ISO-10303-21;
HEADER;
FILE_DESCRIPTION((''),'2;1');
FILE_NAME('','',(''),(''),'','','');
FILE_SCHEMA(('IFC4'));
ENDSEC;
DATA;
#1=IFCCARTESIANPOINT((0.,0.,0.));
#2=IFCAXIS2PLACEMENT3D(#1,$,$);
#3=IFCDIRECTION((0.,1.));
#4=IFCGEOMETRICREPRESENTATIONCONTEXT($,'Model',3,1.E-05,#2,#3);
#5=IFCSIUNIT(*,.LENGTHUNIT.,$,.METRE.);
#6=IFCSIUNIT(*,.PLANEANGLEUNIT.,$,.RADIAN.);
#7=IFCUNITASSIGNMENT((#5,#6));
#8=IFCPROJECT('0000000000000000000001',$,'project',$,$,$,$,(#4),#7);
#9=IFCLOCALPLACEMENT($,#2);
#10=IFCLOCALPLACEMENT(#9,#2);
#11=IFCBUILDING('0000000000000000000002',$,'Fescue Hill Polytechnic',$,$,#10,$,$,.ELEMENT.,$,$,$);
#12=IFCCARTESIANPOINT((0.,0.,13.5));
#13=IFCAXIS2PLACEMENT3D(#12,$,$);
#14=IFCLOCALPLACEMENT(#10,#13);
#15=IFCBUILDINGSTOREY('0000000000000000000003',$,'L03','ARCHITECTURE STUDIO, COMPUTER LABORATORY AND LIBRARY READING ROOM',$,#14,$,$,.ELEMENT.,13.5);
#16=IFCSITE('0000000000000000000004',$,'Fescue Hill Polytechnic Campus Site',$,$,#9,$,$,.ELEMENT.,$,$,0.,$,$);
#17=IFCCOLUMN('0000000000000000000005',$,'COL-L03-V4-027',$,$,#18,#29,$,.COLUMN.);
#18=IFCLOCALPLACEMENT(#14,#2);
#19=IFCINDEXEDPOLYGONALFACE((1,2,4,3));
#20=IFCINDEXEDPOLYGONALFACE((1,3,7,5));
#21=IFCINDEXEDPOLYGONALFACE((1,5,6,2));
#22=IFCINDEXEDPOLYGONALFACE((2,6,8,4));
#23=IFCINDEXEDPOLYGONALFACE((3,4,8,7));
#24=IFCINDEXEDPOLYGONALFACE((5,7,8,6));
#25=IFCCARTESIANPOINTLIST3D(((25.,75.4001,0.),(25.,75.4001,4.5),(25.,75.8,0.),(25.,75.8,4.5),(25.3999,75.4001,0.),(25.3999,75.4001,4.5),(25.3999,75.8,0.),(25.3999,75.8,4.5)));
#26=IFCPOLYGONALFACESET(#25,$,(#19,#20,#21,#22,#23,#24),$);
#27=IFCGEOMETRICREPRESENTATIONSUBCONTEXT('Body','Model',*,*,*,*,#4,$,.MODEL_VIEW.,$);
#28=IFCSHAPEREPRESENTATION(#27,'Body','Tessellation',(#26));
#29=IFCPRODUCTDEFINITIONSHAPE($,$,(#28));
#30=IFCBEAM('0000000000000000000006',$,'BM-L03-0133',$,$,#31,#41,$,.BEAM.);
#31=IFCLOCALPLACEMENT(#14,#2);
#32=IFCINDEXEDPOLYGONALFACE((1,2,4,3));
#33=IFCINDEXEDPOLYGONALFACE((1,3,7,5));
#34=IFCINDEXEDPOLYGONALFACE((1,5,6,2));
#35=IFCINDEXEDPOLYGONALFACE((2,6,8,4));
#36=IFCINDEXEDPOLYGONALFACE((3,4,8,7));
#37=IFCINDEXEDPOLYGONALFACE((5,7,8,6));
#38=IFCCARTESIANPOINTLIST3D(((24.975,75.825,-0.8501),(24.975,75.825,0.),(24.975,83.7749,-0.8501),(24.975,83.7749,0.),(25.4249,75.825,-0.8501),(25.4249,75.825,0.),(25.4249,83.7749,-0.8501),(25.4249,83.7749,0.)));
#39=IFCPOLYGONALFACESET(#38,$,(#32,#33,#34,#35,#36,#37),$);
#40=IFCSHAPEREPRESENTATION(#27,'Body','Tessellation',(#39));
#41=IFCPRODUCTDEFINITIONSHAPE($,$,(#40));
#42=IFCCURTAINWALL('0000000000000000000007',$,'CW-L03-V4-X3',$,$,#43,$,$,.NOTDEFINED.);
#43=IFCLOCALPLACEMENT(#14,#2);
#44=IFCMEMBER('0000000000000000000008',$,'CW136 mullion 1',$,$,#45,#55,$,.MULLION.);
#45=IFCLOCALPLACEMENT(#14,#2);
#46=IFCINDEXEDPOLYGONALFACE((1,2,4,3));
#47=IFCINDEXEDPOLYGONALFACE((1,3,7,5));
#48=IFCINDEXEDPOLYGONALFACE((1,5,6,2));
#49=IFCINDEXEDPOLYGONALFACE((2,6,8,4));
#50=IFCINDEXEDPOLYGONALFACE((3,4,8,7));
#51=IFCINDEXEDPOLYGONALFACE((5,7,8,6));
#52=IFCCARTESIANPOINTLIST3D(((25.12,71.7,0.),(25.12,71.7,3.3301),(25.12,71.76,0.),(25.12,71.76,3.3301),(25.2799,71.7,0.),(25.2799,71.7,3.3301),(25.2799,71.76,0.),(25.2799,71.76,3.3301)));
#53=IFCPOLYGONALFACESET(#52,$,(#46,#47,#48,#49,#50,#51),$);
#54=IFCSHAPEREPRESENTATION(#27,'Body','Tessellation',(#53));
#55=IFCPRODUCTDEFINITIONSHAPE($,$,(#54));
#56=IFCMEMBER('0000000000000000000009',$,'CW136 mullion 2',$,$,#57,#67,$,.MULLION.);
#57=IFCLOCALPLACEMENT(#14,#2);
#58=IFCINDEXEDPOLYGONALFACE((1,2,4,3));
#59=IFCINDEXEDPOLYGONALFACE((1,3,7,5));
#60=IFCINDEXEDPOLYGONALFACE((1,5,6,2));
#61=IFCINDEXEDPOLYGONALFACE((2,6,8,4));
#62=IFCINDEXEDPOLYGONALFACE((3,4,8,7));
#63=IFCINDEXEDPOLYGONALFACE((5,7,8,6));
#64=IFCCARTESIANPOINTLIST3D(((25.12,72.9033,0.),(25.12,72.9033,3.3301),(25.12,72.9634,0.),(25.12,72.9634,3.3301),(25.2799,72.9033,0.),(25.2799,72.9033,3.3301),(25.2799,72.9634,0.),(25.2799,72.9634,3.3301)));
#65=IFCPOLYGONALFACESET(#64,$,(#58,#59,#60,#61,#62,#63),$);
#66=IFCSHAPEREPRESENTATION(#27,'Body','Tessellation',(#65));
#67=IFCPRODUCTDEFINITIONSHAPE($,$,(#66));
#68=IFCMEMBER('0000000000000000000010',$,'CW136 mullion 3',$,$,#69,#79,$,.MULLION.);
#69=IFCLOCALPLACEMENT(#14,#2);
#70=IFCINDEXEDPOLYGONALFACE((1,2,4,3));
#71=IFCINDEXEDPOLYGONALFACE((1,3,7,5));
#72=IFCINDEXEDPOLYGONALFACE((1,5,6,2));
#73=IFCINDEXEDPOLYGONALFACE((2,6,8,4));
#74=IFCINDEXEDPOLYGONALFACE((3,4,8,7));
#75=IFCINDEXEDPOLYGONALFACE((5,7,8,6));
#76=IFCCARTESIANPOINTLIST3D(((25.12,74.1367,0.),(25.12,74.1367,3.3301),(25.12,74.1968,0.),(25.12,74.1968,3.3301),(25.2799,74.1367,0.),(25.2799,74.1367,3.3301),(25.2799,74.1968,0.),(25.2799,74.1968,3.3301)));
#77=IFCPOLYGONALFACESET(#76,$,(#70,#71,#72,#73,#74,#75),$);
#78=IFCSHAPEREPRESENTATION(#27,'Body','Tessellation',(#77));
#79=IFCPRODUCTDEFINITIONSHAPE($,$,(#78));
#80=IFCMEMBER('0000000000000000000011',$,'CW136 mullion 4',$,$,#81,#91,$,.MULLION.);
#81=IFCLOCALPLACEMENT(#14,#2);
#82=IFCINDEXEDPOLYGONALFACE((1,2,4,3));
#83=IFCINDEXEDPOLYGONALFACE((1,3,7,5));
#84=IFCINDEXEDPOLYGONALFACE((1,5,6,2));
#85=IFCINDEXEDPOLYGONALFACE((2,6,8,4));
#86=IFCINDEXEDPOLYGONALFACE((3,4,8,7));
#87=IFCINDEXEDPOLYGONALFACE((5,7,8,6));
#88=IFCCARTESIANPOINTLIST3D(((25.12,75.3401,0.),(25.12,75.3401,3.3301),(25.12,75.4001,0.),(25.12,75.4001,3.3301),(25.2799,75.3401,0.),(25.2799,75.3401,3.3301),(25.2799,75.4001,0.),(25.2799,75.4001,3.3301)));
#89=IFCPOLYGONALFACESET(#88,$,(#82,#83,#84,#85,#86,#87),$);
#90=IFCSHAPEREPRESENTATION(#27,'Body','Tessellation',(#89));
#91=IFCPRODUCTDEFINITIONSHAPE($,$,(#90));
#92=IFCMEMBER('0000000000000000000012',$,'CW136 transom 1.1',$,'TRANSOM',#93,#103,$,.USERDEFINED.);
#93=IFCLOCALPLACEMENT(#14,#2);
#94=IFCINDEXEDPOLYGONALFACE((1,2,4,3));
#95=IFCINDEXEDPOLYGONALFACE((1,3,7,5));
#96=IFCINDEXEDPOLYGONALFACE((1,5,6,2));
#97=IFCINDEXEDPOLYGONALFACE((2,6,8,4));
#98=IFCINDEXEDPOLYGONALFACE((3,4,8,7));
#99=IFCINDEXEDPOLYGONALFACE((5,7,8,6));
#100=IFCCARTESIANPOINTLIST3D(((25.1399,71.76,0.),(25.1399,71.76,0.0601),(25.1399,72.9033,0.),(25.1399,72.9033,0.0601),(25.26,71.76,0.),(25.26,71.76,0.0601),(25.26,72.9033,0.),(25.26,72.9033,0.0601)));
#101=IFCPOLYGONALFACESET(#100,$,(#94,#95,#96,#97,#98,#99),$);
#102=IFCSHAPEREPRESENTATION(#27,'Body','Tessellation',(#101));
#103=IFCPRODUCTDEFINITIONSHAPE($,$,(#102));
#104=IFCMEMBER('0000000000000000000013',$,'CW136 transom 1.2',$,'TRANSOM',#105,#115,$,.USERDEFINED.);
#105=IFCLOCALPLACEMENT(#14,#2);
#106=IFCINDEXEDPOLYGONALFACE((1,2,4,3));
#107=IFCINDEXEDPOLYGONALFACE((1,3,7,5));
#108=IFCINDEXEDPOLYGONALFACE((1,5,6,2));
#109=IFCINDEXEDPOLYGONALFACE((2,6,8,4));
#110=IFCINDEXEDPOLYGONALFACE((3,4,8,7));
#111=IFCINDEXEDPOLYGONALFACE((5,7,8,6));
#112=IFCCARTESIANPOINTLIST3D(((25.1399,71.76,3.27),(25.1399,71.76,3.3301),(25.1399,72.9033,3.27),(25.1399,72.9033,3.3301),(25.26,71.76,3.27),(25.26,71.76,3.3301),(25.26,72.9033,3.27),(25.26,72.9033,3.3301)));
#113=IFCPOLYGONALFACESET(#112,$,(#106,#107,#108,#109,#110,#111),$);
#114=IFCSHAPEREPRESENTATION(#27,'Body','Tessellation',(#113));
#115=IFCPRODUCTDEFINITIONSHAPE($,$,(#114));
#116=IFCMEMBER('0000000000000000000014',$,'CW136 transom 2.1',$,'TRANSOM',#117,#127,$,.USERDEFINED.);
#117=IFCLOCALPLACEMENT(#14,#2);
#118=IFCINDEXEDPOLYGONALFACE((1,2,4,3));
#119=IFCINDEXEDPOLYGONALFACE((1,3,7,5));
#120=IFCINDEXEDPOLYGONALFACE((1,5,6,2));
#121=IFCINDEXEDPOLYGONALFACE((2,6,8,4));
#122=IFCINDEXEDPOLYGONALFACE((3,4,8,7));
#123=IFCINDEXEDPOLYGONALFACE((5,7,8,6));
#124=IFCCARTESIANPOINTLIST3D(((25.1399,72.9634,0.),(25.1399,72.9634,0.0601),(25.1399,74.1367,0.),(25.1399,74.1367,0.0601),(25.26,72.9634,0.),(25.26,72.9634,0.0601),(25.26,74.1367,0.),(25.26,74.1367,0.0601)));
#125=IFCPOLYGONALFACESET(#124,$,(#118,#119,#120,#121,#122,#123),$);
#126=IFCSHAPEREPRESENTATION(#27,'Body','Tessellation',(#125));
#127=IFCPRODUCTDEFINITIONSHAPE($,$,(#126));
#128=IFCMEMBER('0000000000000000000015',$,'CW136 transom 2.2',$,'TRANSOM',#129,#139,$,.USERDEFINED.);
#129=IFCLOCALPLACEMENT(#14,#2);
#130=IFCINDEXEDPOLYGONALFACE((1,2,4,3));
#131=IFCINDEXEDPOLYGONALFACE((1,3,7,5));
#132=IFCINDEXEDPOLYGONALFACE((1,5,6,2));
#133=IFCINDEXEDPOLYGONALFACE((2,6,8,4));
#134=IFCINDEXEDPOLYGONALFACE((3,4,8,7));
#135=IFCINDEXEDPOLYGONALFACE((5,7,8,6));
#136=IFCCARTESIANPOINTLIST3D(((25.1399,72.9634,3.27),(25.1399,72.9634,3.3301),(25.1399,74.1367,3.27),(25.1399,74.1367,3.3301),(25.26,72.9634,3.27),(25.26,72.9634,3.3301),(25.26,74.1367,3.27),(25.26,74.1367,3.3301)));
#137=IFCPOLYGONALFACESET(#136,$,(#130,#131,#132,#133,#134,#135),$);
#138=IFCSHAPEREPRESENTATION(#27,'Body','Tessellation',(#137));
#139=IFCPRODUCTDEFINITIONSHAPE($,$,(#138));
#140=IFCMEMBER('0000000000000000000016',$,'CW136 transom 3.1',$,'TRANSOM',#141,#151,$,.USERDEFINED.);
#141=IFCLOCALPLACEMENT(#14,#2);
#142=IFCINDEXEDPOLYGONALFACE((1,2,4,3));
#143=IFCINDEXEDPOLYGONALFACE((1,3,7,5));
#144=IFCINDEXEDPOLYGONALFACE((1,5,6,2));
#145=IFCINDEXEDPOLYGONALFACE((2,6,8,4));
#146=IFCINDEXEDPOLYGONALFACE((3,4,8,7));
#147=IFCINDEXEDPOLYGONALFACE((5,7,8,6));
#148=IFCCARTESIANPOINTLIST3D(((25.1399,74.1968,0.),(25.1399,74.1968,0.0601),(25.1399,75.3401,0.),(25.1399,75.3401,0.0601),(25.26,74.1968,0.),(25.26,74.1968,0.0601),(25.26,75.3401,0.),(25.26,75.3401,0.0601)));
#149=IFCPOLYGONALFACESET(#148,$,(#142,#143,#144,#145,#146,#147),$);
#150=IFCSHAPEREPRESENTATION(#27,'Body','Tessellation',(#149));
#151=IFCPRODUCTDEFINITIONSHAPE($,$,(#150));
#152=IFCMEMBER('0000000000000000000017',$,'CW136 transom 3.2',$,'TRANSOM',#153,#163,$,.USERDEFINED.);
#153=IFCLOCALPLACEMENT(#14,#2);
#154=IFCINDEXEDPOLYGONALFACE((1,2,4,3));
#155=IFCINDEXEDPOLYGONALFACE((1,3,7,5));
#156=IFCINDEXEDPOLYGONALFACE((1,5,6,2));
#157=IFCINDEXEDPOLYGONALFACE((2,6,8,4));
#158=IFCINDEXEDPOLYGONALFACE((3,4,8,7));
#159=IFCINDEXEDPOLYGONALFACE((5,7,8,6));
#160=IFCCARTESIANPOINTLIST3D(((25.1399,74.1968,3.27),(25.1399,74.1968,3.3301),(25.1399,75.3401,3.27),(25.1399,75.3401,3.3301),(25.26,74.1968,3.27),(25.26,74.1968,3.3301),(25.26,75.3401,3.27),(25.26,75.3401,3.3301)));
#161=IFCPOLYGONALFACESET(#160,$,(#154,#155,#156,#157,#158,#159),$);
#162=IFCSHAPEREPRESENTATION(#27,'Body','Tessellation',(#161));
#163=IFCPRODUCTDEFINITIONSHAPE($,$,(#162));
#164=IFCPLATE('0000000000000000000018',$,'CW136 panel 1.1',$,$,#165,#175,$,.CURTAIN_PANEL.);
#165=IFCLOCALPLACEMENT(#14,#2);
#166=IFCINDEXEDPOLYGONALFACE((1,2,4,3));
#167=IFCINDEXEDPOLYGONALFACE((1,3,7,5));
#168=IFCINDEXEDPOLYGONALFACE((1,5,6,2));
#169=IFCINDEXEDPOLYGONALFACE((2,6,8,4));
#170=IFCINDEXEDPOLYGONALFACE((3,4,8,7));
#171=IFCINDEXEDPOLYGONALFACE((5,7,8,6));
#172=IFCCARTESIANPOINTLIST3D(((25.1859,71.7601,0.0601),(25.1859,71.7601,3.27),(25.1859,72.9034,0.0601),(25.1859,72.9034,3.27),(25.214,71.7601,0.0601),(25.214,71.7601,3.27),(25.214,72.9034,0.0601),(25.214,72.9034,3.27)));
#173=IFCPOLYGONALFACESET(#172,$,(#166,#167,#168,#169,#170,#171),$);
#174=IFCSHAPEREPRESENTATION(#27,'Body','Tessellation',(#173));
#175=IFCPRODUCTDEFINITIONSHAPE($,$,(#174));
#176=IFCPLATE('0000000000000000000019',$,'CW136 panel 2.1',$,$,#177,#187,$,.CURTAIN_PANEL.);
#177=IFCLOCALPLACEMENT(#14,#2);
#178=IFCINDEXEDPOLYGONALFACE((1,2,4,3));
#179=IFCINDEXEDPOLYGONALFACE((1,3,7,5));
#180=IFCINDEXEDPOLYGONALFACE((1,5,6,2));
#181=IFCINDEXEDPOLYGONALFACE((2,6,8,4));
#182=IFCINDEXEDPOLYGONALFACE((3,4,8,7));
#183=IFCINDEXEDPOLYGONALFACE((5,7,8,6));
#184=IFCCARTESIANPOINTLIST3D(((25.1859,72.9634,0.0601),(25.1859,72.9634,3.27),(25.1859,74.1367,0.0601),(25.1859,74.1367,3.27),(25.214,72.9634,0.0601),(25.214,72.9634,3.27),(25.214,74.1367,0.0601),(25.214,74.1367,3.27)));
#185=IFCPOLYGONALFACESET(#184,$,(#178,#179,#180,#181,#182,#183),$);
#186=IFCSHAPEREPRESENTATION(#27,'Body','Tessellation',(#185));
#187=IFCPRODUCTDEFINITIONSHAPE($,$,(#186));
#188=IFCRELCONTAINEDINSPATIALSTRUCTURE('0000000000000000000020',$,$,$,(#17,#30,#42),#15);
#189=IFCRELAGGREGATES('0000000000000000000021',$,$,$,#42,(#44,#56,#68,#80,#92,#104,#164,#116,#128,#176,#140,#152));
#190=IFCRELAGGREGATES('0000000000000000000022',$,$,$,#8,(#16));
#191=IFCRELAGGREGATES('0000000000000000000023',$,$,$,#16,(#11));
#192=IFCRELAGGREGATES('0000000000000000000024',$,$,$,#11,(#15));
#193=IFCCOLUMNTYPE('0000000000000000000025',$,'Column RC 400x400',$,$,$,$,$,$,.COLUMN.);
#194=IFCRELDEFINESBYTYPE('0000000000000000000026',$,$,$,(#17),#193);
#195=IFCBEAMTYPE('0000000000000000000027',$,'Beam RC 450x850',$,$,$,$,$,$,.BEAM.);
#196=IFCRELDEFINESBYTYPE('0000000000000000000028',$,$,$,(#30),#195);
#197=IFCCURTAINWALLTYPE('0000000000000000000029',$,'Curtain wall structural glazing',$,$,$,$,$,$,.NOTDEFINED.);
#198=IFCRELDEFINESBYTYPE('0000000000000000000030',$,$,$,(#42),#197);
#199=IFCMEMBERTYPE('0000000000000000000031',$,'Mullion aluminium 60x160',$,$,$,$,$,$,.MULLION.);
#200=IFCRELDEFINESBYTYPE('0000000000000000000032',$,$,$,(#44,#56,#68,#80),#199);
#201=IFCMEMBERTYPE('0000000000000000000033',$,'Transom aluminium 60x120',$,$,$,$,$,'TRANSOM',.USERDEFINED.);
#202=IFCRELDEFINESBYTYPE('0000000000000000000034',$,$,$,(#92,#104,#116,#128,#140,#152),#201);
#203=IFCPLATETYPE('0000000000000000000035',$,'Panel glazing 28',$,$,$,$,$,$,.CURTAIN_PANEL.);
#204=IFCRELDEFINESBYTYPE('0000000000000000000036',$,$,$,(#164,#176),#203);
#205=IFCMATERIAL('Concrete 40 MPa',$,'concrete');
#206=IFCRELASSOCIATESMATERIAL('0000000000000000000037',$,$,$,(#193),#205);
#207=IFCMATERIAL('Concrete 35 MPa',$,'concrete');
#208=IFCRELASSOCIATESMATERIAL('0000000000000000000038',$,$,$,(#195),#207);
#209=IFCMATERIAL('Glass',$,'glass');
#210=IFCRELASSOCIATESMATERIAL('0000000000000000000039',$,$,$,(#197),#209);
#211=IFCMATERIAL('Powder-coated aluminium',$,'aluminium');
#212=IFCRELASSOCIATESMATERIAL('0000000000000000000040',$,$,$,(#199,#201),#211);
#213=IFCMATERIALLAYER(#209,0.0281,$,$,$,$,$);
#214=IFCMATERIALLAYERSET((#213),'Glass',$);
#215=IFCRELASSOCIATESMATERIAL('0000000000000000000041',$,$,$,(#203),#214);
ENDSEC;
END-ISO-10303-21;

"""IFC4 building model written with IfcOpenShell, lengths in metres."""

from ifc_helpers import new_model, si_unit, direction, frame, origin, origin_2d, place, context, subcontext, project, spatial, rectangle, extrude, material, layer, layer_set, material_profile, profile_set, type_object, element, aggregate, save


model = new_model("IFC4")

# Units and contexts
model_context = context("Model", 3, precision=1e-05, world=origin(), true_north=direction((0.0, 1.0)))
body_context = subcontext(model_context, "Body", "Model", "MODEL_VIEW")
ifc_project = project(units=[si_unit("LENGTHUNIT", "METRE"), si_unit("PLANEANGLEUNIT", "RADIAN")], contexts=[model_context])

# Site, building, storey
site_placement = place(None, origin())
site = spatial("IfcSite", under=ifc_project, at=site_placement, Name="Fescue Hill Polytechnic Campus Site", CompositionType="ELEMENT", RefElevation=0.0)
building_placement = place(site_placement, origin())
building = spatial("IfcBuilding", under=site, at=building_placement, Name="Fescue Hill Polytechnic", CompositionType="ELEMENT")
storey_placement = place(building_placement, frame((0.0, 0.0, 13.5)))
storey = spatial("IfcBuildingStorey", under=building, at=storey_placement, Name="L03", Description="ARCHITECTURE STUDIO, COMPUTER LABORATORY AND LIBRARY READING ROOM", CompositionType="ELEMENT", Elevation=13.5)

# Column
ifc_material_1 = material(Name="Concrete 40 MPa", Category="concrete")
ifc_material_profile_1 = material_profile(ifc_material_1, rectangle(XDim=0.3999, YDim=0.3999, at=origin_2d()), Name="RC 400x400")
ifc_profile_set_1 = profile_set([ifc_material_profile_1], Name="Concrete 40 MPa")
column_type = type_object("IfcColumnType", Name="Column RC 400x400", PredefinedType="COLUMN", material=ifc_profile_set_1)
column_placement = place(storey_placement, frame((25.2, 75.6001, 0.0), z_axis=(0.0, 0.0, 1.0), x_axis=(1.0, 0.0, 0.0)))
element("IfcColumn", 1, at=column_placement, inside=storey, type_object=column_type, Name="COL-L03-V4-027", PredefinedType="COLUMN", context=body_context, shape_type="SweptSolid", body=[
    extrude(rectangle(XDim=0.3999, YDim=0.3999, at=origin_2d()), origin(), (0.0, 0.0, 1.0), 4.5),
])

# Beam
ifc_material_2 = material(Name="Concrete 35 MPa", Category="concrete")
ifc_material_profile_2 = material_profile(ifc_material_2, rectangle(XDim=0.45, YDim=0.8501, at=origin_2d()), Name="RC 450x850")
ifc_profile_set_2 = profile_set([ifc_material_profile_2], Name="Concrete 35 MPa")
beam_type = type_object("IfcBeamType", Name="Beam RC 450x850", PredefinedType="BEAM", material=ifc_profile_set_2)
beam_placement = place(storey_placement, frame((25.2, 75.825, -0.425), z_axis=(0.0, 1.0, 0.0), x_axis=(-1.0, 0.0, 0.0)))
element("IfcBeam", 2, at=beam_placement, inside=storey, type_object=beam_type, Name="BM-L03-0133", PredefinedType="BEAM", context=body_context, shape_type="SweptSolid", body=[
    extrude(rectangle(XDim=0.45, YDim=0.8501, at=origin_2d()), origin(), (0.0, 0.0, 1.0), 7.95),
])

# Curtain wall, members, plates
ifc_material_3 = material(Name="Glass", Category="glass")
curtain_wall_type = type_object("IfcCurtainWallType", Name="Curtain wall structural glazing", PredefinedType="NOTDEFINED", material=ifc_material_3)
curtain_wall_placement = place(storey_placement, origin())
curtain_wall = element("IfcCurtainWall", 3, at=curtain_wall_placement, inside=storey, type_object=curtain_wall_type, Name="CW-L03-V4-X3", PredefinedType="NOTDEFINED")
ifc_material_4 = material(Name="Powder-coated aluminium", Category="aluminium")
ifc_material_profile_3 = material_profile(ifc_material_4, rectangle(XDim=0.1599, YDim=0.0601, at=origin_2d()), Name="Mullion aluminium 60x160")
ifc_profile_set_3 = profile_set([ifc_material_profile_3], Name="Powder-coated aluminium")
member_type_1 = type_object("IfcMemberType", Name="Mullion aluminium 60x160", PredefinedType="MULLION", material=ifc_profile_set_3)
member_1_placement = place(storey_placement, frame((25.2, 71.73, 0.0), z_axis=(0.0, 0.0, 1.0), x_axis=(-1.0, 0.0, 0.0)))
member_1 = element("IfcMember", 4, at=member_1_placement, type_object=member_type_1, Name="CW136 mullion 1", PredefinedType="MULLION", context=body_context, shape_type="SweptSolid", body=[
    extrude(rectangle(XDim=0.1599, YDim=0.0601, at=origin_2d()), origin(), (0.0, 0.0, 1.0), 3.3301),
])
member_2_placement = place(storey_placement, frame((25.2, 72.9333, 0.0), z_axis=(0.0, 0.0, 1.0), x_axis=(-1.0, 0.0, 0.0)))
member_2 = element("IfcMember", 5, at=member_2_placement, type_object=member_type_1, Name="CW136 mullion 2", PredefinedType="MULLION", context=body_context, shape_type="SweptSolid", body=[
    extrude(rectangle(XDim=0.1599, YDim=0.0601, at=origin_2d()), origin(), (0.0, 0.0, 1.0), 3.3301),
])
member_3_placement = place(storey_placement, frame((25.2, 74.1667, 0.0), z_axis=(0.0, 0.0, 1.0), x_axis=(-1.0, 0.0, 0.0)))
member_3 = element("IfcMember", 6, at=member_3_placement, type_object=member_type_1, Name="CW136 mullion 3", PredefinedType="MULLION", context=body_context, shape_type="SweptSolid", body=[
    extrude(rectangle(XDim=0.1599, YDim=0.0601, at=origin_2d()), origin(), (0.0, 0.0, 1.0), 3.3301),
])
member_4_placement = place(storey_placement, frame((25.2, 75.3701, 0.0), z_axis=(0.0, 0.0, 1.0), x_axis=(-1.0, 0.0, 0.0)))
member_4 = element("IfcMember", 7, at=member_4_placement, type_object=member_type_1, Name="CW136 mullion 4", PredefinedType="MULLION", context=body_context, shape_type="SweptSolid", body=[
    extrude(rectangle(XDim=0.1599, YDim=0.0601, at=origin_2d()), origin(), (0.0, 0.0, 1.0), 3.3301),
])
ifc_material_profile_4 = material_profile(ifc_material_4, rectangle(XDim=0.1201, YDim=0.0601, at=origin_2d()), Name="Transom aluminium 60x120")
ifc_profile_set_4 = profile_set([ifc_material_profile_4], Name="Powder-coated aluminium")
member_type_2 = type_object("IfcMemberType", Name="Transom aluminium 60x120", ElementType="TRANSOM", PredefinedType="USERDEFINED", material=ifc_profile_set_4)
member_5_placement = place(storey_placement, frame((25.2, 71.76, 0.03), z_axis=(0.0, 1.0, 0.0), x_axis=(-1.0, 0.0, 0.0)))
member_5 = element("IfcMember", 8, at=member_5_placement, type_object=member_type_2, Name="CW136 transom 1.1", ObjectType="TRANSOM", PredefinedType="USERDEFINED", context=body_context, shape_type="SweptSolid", body=[
    extrude(rectangle(XDim=0.1201, YDim=0.0601, at=origin_2d()), origin(), (0.0, 0.0, 1.0), 1.1433),
])
member_6_placement = place(storey_placement, frame((25.2, 71.76, 3.3), z_axis=(0.0, 1.0, 0.0), x_axis=(-1.0, 0.0, 0.0)))
member_6 = element("IfcMember", 9, at=member_6_placement, type_object=member_type_2, Name="CW136 transom 1.2", ObjectType="TRANSOM", PredefinedType="USERDEFINED", context=body_context, shape_type="SweptSolid", body=[
    extrude(rectangle(XDim=0.1201, YDim=0.0601, at=origin_2d()), origin(), (0.0, 0.0, 1.0), 1.1433),
])
member_7_placement = place(storey_placement, frame((25.2, 72.9634, 0.03), z_axis=(0.0, 1.0, 0.0), x_axis=(-1.0, 0.0, 0.0)))
member_7 = element("IfcMember", 10, at=member_7_placement, type_object=member_type_2, Name="CW136 transom 2.1", ObjectType="TRANSOM", PredefinedType="USERDEFINED", context=body_context, shape_type="SweptSolid", body=[
    extrude(rectangle(XDim=0.1201, YDim=0.0601, at=origin_2d()), origin(), (0.0, 0.0, 1.0), 1.1733),
])
member_8_placement = place(storey_placement, frame((25.2, 72.9634, 3.3), z_axis=(0.0, 1.0, 0.0), x_axis=(-1.0, 0.0, 0.0)))
member_8 = element("IfcMember", 11, at=member_8_placement, type_object=member_type_2, Name="CW136 transom 2.2", ObjectType="TRANSOM", PredefinedType="USERDEFINED", context=body_context, shape_type="SweptSolid", body=[
    extrude(rectangle(XDim=0.1201, YDim=0.0601, at=origin_2d()), origin(), (0.0, 0.0, 1.0), 1.1733),
])
member_9_placement = place(storey_placement, frame((25.2, 74.1968, 0.03), z_axis=(0.0, 1.0, 0.0), x_axis=(-1.0, 0.0, 0.0)))
member_9 = element("IfcMember", 12, at=member_9_placement, type_object=member_type_2, Name="CW136 transom 3.1", ObjectType="TRANSOM", PredefinedType="USERDEFINED", context=body_context, shape_type="SweptSolid", body=[
    extrude(rectangle(XDim=0.1201, YDim=0.0601, at=origin_2d()), origin(), (0.0, 0.0, 1.0), 1.1433),
])
member_10_placement = place(storey_placement, frame((25.2, 74.1968, 3.3), z_axis=(0.0, 1.0, 0.0), x_axis=(-1.0, 0.0, 0.0)))
member_10 = element("IfcMember", 13, at=member_10_placement, type_object=member_type_2, Name="CW136 transom 3.2", ObjectType="TRANSOM", PredefinedType="USERDEFINED", context=body_context, shape_type="SweptSolid", body=[
    extrude(rectangle(XDim=0.1201, YDim=0.0601, at=origin_2d()), origin(), (0.0, 0.0, 1.0), 1.1433),
])
ifc_layer_1 = layer(ifc_material_3, 0.0281)
ifc_layer_set_1 = layer_set([ifc_layer_1], Name="Glass")
plate_type = type_object("IfcPlateType", Name="Panel glazing 28", PredefinedType="CURTAIN_PANEL", material=ifc_layer_set_1)
plate_1_placement = place(storey_placement, frame((25.2, 72.3318, 0.0601), z_axis=(0.0, 0.0, 1.0), x_axis=(0.0, 1.0, 0.0)))
plate_1 = element("IfcPlate", 14, at=plate_1_placement, type_object=plate_type, Name="CW136 panel 1.1", PredefinedType="CURTAIN_PANEL", context=body_context, shape_type="SweptSolid", body=[
    extrude(rectangle(XDim=1.1433, YDim=0.0281, at=origin_2d()), origin(), (0.0, 0.0, 1.0), 3.21),
])
plate_2_placement = place(storey_placement, frame((25.2, 73.55, 0.0601), z_axis=(0.0, 0.0, 1.0), x_axis=(0.0, 1.0, 0.0)))
plate_2 = element("IfcPlate", 15, at=plate_2_placement, type_object=plate_type, Name="CW136 panel 2.1", PredefinedType="CURTAIN_PANEL", context=body_context, shape_type="SweptSolid", body=[
    extrude(rectangle(XDim=1.1733, YDim=0.0281, at=origin_2d()), origin(), (0.0, 0.0, 1.0), 3.21),
])
aggregate(curtain_wall, [member_1, member_2, member_3, member_4, member_5, member_6, plate_1, member_7, member_8, plate_2, member_9, member_10])

save(model, "model.ifc")
